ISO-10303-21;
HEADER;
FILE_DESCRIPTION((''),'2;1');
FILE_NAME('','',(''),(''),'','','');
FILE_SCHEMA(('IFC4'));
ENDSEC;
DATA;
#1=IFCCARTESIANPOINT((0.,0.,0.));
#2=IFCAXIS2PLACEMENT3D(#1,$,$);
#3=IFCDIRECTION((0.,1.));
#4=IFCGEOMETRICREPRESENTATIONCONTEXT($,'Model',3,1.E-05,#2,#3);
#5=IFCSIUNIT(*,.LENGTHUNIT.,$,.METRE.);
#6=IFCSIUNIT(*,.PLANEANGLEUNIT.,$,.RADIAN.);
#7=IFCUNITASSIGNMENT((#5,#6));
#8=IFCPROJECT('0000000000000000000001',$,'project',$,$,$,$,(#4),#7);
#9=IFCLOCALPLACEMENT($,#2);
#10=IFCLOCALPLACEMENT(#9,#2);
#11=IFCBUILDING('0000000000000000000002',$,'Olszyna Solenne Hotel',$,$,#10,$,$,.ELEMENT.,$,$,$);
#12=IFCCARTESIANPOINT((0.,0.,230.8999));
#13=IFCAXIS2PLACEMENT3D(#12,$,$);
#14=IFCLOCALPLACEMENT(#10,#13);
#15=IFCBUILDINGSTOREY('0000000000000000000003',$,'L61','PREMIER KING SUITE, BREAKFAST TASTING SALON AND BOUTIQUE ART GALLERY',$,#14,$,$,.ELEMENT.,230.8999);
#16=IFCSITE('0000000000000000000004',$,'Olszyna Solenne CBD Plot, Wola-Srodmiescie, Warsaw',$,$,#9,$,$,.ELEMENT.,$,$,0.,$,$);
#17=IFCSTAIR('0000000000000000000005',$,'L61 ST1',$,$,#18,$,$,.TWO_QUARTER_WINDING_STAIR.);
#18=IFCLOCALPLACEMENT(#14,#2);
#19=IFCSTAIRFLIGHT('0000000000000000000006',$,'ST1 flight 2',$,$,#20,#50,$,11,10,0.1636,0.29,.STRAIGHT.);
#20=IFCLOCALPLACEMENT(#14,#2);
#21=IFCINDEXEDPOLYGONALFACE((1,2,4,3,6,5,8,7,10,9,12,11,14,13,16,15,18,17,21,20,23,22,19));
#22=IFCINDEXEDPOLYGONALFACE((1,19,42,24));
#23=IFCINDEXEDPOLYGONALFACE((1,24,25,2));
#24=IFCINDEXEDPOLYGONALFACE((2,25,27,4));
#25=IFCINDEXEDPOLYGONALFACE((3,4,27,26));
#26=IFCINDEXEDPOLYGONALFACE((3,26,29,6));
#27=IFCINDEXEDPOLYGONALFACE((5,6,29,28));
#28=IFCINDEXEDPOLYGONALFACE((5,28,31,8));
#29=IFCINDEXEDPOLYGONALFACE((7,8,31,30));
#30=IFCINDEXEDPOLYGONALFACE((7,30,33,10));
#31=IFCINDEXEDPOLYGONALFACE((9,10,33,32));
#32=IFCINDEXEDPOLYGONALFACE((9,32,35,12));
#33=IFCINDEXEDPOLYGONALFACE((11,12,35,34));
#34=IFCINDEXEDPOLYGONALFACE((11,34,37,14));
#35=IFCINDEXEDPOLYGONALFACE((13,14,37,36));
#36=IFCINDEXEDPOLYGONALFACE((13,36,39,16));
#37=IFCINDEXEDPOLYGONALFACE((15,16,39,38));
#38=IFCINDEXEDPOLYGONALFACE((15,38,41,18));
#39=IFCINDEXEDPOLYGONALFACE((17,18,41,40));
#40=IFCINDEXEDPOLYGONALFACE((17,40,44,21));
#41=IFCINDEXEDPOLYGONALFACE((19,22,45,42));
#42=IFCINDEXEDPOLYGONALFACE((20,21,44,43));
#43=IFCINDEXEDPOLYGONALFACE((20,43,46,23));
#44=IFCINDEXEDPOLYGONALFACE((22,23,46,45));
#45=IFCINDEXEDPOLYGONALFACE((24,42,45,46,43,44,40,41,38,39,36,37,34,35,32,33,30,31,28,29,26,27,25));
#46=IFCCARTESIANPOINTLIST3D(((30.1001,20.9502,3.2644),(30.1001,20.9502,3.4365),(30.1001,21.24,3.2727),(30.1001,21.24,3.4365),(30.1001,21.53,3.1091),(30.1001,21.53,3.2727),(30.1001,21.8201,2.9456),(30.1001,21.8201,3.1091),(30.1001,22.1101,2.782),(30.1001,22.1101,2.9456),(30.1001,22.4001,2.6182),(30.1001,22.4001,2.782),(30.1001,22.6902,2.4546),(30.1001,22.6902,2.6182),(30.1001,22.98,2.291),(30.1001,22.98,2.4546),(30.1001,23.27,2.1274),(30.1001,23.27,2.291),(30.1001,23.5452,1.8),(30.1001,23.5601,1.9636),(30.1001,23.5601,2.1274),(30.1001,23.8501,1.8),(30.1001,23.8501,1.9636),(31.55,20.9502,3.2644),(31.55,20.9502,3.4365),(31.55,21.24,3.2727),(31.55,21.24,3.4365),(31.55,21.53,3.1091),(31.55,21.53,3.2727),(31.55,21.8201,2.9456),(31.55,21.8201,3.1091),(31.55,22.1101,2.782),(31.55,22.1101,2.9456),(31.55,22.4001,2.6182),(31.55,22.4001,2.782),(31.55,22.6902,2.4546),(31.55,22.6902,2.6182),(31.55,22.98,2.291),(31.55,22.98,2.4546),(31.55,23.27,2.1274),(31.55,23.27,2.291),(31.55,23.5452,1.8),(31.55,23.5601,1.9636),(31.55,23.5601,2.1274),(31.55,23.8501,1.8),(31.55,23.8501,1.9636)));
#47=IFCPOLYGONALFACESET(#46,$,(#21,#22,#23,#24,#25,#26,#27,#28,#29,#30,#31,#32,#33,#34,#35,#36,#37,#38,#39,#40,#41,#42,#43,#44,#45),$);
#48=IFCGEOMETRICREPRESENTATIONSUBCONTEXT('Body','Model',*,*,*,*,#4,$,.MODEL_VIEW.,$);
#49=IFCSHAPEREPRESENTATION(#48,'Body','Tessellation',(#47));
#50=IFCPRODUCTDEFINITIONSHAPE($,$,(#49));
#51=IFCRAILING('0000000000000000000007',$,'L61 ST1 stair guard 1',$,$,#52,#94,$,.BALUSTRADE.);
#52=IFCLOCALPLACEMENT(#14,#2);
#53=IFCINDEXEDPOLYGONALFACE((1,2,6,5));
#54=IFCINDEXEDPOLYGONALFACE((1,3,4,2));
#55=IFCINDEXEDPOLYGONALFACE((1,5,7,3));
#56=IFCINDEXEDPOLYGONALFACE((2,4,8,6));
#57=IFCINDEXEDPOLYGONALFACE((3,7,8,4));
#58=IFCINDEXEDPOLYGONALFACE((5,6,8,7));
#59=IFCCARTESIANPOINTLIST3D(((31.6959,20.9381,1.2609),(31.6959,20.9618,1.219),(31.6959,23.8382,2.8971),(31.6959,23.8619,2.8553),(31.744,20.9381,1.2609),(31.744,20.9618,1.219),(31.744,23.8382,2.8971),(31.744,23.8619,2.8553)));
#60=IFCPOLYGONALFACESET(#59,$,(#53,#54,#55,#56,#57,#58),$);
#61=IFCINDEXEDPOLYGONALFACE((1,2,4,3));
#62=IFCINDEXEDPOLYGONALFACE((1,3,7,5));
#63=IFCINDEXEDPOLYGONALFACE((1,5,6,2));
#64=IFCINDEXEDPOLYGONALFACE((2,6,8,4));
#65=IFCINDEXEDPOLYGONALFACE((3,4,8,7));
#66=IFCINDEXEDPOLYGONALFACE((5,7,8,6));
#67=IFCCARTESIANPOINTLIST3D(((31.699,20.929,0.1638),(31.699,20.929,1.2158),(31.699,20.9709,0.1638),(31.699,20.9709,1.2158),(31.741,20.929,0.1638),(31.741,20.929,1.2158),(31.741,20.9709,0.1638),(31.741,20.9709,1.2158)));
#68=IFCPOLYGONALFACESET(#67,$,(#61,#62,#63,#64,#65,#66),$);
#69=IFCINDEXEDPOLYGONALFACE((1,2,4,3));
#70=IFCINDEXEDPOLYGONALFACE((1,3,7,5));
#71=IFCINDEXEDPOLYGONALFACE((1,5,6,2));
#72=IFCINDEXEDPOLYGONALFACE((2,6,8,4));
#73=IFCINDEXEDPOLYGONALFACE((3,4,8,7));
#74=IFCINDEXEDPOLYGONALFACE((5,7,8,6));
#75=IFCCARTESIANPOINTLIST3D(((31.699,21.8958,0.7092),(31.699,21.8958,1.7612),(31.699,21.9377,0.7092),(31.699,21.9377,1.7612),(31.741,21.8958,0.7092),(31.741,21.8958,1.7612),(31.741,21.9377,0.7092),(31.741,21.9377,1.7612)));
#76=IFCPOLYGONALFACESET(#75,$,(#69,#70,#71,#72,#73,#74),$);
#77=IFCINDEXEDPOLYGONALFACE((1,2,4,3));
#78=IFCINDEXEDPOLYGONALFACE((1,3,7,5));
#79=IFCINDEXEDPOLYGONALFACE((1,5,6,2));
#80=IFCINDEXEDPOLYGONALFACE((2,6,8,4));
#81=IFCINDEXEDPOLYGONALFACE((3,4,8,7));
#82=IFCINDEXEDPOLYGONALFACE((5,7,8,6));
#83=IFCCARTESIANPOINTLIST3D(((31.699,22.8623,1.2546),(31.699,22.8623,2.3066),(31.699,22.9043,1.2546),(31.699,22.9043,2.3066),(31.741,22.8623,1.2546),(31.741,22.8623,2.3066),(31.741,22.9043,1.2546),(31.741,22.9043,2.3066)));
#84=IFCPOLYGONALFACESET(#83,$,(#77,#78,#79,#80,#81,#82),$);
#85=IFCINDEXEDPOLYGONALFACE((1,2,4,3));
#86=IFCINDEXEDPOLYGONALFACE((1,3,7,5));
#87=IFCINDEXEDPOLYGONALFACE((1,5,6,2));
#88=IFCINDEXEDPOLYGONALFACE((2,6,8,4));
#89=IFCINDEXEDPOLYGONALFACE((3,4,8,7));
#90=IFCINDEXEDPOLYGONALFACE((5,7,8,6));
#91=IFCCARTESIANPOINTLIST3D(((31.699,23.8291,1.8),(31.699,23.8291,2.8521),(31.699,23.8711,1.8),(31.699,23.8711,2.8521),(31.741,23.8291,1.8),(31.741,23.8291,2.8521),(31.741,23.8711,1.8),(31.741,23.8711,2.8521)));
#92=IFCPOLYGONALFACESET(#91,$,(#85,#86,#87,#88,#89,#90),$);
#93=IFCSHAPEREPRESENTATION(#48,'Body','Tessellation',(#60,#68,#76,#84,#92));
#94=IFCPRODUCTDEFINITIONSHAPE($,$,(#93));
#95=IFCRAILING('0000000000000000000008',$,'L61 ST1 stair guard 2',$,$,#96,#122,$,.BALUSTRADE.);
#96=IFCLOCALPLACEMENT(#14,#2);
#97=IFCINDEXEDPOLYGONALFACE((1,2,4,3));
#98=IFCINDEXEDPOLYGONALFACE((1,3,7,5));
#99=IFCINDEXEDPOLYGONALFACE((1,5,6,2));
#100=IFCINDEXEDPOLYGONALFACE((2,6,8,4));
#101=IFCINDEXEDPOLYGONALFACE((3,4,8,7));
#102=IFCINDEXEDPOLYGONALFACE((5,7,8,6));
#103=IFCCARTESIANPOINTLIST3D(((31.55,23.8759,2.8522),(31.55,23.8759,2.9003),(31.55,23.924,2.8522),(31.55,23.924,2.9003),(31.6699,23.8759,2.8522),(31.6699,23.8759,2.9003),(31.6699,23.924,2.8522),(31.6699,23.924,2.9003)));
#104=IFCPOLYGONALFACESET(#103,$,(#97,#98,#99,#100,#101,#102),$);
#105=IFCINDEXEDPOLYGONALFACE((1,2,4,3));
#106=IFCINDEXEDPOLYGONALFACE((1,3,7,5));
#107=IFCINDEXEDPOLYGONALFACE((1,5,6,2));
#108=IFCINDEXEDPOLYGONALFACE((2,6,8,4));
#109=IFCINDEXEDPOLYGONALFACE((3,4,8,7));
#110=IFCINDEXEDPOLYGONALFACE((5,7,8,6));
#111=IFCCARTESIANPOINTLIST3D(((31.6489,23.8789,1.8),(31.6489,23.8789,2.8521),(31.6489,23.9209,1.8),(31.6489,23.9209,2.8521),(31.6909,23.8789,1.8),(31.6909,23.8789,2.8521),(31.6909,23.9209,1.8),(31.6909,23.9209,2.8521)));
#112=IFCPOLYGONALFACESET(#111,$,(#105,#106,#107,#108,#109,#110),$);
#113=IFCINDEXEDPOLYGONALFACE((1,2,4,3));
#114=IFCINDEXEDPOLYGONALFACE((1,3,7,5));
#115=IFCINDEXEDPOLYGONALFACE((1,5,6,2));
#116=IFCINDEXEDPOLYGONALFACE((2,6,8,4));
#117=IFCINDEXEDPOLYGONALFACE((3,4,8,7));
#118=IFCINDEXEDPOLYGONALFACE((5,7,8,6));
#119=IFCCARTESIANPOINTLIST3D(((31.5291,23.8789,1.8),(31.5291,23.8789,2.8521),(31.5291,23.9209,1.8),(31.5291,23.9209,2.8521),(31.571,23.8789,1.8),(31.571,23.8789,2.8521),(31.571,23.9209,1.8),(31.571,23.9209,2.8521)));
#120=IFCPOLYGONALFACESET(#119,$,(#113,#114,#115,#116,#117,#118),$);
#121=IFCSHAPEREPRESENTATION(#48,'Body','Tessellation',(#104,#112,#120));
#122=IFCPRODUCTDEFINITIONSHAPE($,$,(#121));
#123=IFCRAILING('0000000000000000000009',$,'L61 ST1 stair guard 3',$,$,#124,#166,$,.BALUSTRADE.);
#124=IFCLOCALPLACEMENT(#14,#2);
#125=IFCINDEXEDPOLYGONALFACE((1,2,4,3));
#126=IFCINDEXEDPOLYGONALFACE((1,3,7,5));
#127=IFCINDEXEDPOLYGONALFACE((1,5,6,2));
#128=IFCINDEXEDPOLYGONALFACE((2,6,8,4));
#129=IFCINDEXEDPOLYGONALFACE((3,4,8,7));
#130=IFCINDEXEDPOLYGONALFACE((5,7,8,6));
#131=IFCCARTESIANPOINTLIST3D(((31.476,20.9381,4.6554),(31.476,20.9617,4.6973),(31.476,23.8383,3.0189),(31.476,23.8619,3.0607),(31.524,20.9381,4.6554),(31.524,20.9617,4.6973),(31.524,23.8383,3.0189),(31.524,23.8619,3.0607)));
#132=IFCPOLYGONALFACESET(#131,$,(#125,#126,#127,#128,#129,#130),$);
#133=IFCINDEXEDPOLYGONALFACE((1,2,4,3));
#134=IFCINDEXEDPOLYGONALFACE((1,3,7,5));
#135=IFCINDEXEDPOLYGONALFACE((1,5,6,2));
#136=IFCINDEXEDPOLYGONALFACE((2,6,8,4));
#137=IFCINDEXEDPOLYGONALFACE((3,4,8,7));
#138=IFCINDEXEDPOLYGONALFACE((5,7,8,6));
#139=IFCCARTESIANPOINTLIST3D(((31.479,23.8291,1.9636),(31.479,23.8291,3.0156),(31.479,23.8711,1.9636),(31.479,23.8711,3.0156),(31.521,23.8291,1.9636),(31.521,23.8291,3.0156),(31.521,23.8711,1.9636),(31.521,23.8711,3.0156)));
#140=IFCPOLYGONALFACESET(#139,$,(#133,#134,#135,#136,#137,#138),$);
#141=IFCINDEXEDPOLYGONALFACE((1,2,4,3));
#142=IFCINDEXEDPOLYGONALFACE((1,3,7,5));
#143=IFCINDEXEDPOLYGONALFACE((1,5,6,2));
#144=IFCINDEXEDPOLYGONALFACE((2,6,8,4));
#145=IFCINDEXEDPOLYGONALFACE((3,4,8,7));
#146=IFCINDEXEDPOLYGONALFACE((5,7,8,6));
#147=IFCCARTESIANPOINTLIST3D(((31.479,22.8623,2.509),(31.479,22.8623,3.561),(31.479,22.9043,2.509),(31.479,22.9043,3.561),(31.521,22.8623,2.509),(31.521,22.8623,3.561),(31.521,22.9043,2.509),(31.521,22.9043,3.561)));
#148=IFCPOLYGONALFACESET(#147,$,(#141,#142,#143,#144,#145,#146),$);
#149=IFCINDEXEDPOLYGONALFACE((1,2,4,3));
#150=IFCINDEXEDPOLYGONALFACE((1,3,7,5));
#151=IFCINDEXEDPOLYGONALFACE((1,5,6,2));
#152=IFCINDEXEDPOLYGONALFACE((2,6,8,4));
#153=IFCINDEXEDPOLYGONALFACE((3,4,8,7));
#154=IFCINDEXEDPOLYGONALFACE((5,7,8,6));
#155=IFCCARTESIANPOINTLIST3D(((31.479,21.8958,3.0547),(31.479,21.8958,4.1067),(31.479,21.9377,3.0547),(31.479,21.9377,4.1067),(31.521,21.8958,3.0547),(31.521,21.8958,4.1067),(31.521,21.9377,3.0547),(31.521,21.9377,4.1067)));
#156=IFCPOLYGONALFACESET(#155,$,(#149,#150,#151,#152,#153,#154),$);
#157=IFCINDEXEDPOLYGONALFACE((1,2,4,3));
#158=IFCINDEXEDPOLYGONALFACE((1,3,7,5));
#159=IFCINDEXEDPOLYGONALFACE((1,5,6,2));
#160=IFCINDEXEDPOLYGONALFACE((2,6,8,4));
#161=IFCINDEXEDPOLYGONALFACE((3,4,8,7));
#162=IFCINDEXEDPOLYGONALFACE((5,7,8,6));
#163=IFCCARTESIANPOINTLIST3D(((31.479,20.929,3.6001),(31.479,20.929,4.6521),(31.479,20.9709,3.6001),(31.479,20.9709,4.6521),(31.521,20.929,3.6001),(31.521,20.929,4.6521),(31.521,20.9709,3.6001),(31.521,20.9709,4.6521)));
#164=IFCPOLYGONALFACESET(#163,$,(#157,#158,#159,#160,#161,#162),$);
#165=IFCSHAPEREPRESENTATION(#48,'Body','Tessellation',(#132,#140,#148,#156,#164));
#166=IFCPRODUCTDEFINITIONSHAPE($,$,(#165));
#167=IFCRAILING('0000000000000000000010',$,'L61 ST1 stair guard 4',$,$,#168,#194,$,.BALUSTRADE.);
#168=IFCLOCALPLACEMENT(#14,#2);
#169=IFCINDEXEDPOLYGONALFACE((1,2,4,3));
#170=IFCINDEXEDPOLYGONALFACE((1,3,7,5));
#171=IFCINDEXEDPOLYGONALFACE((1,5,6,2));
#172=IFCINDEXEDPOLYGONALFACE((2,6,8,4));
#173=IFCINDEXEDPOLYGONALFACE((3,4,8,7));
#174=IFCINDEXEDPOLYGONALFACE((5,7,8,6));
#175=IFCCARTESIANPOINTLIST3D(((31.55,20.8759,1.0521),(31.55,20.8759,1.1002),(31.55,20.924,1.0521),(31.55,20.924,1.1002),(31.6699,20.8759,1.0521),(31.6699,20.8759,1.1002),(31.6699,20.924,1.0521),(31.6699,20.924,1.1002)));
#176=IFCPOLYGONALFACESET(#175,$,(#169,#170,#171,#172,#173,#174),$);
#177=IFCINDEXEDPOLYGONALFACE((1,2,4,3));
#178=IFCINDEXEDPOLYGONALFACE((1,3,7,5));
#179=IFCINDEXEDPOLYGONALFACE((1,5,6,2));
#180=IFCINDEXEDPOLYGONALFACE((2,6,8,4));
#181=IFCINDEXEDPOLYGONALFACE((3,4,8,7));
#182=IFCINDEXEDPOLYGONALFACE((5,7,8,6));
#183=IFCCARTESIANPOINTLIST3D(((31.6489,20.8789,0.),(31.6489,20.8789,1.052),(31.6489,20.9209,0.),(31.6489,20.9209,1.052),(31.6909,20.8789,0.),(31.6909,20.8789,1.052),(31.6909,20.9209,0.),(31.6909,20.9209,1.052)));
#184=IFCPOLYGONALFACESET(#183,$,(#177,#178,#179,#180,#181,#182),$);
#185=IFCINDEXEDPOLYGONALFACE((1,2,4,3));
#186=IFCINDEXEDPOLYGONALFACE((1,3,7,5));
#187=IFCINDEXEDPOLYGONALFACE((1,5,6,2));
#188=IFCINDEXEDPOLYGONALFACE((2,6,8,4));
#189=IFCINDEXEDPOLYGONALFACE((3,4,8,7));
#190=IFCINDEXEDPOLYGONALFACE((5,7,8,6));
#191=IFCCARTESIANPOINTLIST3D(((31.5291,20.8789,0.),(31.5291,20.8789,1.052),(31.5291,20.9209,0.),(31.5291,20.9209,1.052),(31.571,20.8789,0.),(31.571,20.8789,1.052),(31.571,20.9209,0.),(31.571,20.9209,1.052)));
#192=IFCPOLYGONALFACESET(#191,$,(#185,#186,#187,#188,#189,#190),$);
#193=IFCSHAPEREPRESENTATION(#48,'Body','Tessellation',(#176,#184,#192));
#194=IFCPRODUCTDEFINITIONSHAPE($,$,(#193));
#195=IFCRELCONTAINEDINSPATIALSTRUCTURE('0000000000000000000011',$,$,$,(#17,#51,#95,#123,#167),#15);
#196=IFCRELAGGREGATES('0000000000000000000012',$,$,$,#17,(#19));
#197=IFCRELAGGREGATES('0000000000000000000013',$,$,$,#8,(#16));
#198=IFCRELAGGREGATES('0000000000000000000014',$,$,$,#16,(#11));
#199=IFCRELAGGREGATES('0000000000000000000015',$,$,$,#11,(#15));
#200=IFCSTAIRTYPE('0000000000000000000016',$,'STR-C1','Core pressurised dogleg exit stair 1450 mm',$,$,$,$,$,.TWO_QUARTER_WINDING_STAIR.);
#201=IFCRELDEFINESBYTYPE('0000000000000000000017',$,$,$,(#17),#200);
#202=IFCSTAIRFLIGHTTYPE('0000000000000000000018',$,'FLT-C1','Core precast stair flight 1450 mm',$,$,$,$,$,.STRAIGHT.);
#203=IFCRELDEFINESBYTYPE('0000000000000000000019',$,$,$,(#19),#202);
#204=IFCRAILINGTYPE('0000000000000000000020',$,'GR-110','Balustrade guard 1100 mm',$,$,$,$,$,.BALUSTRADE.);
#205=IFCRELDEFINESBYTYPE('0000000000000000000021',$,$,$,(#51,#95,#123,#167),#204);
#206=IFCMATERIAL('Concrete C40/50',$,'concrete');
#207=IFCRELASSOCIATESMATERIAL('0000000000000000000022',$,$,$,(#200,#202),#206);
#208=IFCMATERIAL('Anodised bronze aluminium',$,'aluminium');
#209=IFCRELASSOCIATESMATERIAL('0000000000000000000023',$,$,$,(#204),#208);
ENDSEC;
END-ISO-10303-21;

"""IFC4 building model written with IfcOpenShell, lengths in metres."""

from ifc_helpers import new_model, si_unit, direction, frame, origin, origin_2d, place, context, subcontext, project, spatial, polyline, rectangle, outline, extrude, material, type_object, element, aggregate, save


model = new_model("IFC4")

# Units and contexts
model_context = context("Model", 3, precision=1e-05, world=origin(), true_north=direction((0.0, 1.0)))
body_context = subcontext(model_context, "Body", "Model", "MODEL_VIEW")
ifc_project = project(units=[si_unit("LENGTHUNIT", "METRE"), si_unit("PLANEANGLEUNIT", "RADIAN")], contexts=[model_context])

# Site, building, storey
site_placement = place(None, origin())
site = spatial("IfcSite", under=ifc_project, at=site_placement, Name="Olszyna Solenne CBD Plot, Wola-Srodmiescie, Warsaw", CompositionType="ELEMENT", RefElevation=0.0)
building_placement = place(site_placement, origin())
building = spatial("IfcBuilding", under=site, at=building_placement, Name="Olszyna Solenne Hotel", CompositionType="ELEMENT")
storey_placement = place(building_placement, frame((0.0, 0.0, 230.8999)))
storey = spatial("IfcBuildingStorey", under=building, at=storey_placement, Name="L61", Description="PREMIER KING SUITE, BREAKFAST TASTING SALON AND BOUTIQUE ART GALLERY", CompositionType="ELEMENT", Elevation=230.8999)

# Shared definitions
ifc_material_1 = material(Name="Anodised bronze aluminium", Category="aluminium")

# Stair, stair flight
ifc_material_2 = material(Name="Concrete C40/50", Category="concrete")
stair_type = type_object("IfcStairType", Name="STR-C1", Description="Core pressurised dogleg exit stair 1450 mm", PredefinedType="TWO_QUARTER_WINDING_STAIR", material=ifc_material_2)
stair_placement = place(storey_placement, origin())
stair = element("IfcStair", 1, at=stair_placement, inside=storey, type_object=stair_type, Name="L61 ST1", PredefinedType="TWO_QUARTER_WINDING_STAIR")
stair_flight_type = type_object("IfcStairFlightType", Name="FLT-C1", Description="Core precast stair flight 1450 mm", PredefinedType="STRAIGHT", material=ifc_material_2)
stair_flight_1_placement = place(storey_placement, frame((30.825, 23.8501, 1.8), z_axis=(0.0, 0.0, 1.0), x_axis=(0.0, -1.0, 0.0)))
stair_flight_1 = element("IfcStairFlight", 2, at=stair_flight_1_placement, type_object=stair_flight_type, Name="ST1 flight 2", NumberOfRisers=11, NumberOfTreads=10, PredefinedType="STRAIGHT", RiserHeight=0.1636, TreadLength=0.29, context=body_context, shape_type="SweptSolid", body=[
    extrude(outline(polyline([(0.0, 0.0), (0.0, 0.1636), (0.29, 0.1636), (0.29, 0.3274), (0.5801, 0.3274), (0.5801, 0.491), (0.8701, 0.491), (0.8701, 0.6545), (1.1599, 0.6545), (1.1599, 0.8181), (1.45, 0.8181), (1.45, 0.9819), (1.74, 0.9819), (1.74, 1.1455), (2.03, 1.1455), (2.03, 1.3091), (2.3201, 1.3091), (2.3201, 1.4727), (2.6101, 1.4727), (2.6101, 1.6365), (2.8999, 1.6365), (2.8999, 1.8), (2.8999, 1.4644), (0.3049, 0.0), (0.0, 0.0)])), frame((0.0, 0.7251, 0.0), z_axis=(0.0, -1.0, 0.0), x_axis=(1.0, 0.0, 0.0)), (0.0, 0.0, 1.0), 1.45),
])
aggregate(stair, [stair_flight_1])

# Railings
railing_type_1 = type_object("IfcRailingType", Name="GR-110", Description="Balustrade guard 1100 mm", PredefinedType="BALUSTRADE", material=ifc_material_1)
railing_1_placement = place(storey_placement, frame((31.72, 20.95, 0.1638)))
element("IfcRailing", 3, at=railing_1_placement, inside=storey, type_object=railing_type_1, Name="L61 ST1 stair guard 1", PredefinedType="BALUSTRADE", context=body_context, shape_type="SweptSolid", body=[
    extrude(rectangle(XDim=0.0481, YDim=0.0481, at=origin_2d()), frame((0.0, 0.0, 1.0762), z_axis=(0.0, 0.870946, 0.491378), x_axis=(-1.0, 0.0, 0.0)), (0.0, 0.0, 1.0), 3.3298),
    extrude(rectangle(XDim=0.042, YDim=0.042, at=origin_2d()), origin(), (0.0, 0.0, 1.0), 1.052),
    extrude(rectangle(XDim=0.042, YDim=0.042, at=origin_2d()), frame((0.0, 0.9668, 0.5454)), (0.0, 0.0, 1.0), 1.052),
    extrude(rectangle(XDim=0.042, YDim=0.042, at=origin_2d()), frame((0.0, 1.9333, 1.0908)), (0.0, 0.0, 1.0), 1.052),
    extrude(rectangle(XDim=0.042, YDim=0.042, at=origin_2d()), frame((0.0, 2.9001, 1.6362)), (0.0, 0.0, 1.0), 1.052),
])
railing_2_placement = place(storey_placement, frame((31.6699, 23.8999, 1.8)))
element("IfcRailing", 4, at=railing_2_placement, inside=storey, type_object=railing_type_1, Name="L61 ST1 stair guard 2", PredefinedType="BALUSTRADE", context=body_context, shape_type="SweptSolid", body=[
    extrude(rectangle(XDim=0.0481, YDim=0.0481, at=origin_2d()), frame((0.0, 0.0, 1.0762), z_axis=(-1.0, 0.0, 0.0), x_axis=(0.0, -1.0, 0.0)), (0.0, 0.0, 1.0), 0.1199),
    extrude(rectangle(XDim=0.042, YDim=0.042, at=origin_2d()), origin(), (0.0, 0.0, 1.0), 1.052),
    extrude(rectangle(XDim=0.042, YDim=0.042, at=origin_2d()), frame((-0.1199, 0.0, 0.0)), (0.0, 0.0, 1.0), 1.052),
])
railing_3_placement = place(storey_placement, frame((31.5, 23.8501, 1.9636)))
element("IfcRailing", 5, at=railing_3_placement, inside=storey, type_object=railing_type_1, Name="L61 ST1 stair guard 3", PredefinedType="BALUSTRADE", context=body_context, shape_type="SweptSolid", body=[
    extrude(rectangle(XDim=0.0481, YDim=0.0481, at=origin_2d()), frame((0.0, 0.0, 1.0762), z_axis=(0.0, -0.870915, 0.491434), x_axis=(1.0, 0.0, 0.0)), (0.0, 0.0, 1.0), 3.3301),
    extrude(rectangle(XDim=0.042, YDim=0.042, at=origin_2d()), origin(), (0.0, 0.0, 1.0), 1.052),
    extrude(rectangle(XDim=0.042, YDim=0.042, at=origin_2d()), frame((0.0, -0.9668, 0.5454)), (0.0, 0.0, 1.0), 1.052),
    extrude(rectangle(XDim=0.042, YDim=0.042, at=origin_2d()), frame((0.0, -1.9333, 1.0911)), (0.0, 0.0, 1.0), 1.052),
    extrude(rectangle(XDim=0.042, YDim=0.042, at=origin_2d()), frame((0.0, -2.9001, 1.6365)), (0.0, 0.0, 1.0), 1.052),
])
railing_4_placement = place(storey_placement, frame((31.6699, 20.8999, 0.0)))
element("IfcRailing", 6, at=railing_4_placement, inside=storey, type_object=railing_type_1, Name="L61 ST1 stair guard 4", PredefinedType="BALUSTRADE", context=body_context, shape_type="SweptSolid", body=[
    extrude(rectangle(XDim=0.0481, YDim=0.0481, at=origin_2d()), frame((0.0, 0.0, 1.0762), z_axis=(-1.0, 0.0, 0.0), x_axis=(0.0, -1.0, 0.0)), (0.0, 0.0, 1.0), 0.1199),
    extrude(rectangle(XDim=0.042, YDim=0.042, at=origin_2d()), origin(), (0.0, 0.0, 1.0), 1.052),
    extrude(rectangle(XDim=0.042, YDim=0.042, at=origin_2d()), frame((-0.1199, 0.0, 0.0)), (0.0, 0.0, 1.0), 1.052),
])

save(model, "model.ifc")
